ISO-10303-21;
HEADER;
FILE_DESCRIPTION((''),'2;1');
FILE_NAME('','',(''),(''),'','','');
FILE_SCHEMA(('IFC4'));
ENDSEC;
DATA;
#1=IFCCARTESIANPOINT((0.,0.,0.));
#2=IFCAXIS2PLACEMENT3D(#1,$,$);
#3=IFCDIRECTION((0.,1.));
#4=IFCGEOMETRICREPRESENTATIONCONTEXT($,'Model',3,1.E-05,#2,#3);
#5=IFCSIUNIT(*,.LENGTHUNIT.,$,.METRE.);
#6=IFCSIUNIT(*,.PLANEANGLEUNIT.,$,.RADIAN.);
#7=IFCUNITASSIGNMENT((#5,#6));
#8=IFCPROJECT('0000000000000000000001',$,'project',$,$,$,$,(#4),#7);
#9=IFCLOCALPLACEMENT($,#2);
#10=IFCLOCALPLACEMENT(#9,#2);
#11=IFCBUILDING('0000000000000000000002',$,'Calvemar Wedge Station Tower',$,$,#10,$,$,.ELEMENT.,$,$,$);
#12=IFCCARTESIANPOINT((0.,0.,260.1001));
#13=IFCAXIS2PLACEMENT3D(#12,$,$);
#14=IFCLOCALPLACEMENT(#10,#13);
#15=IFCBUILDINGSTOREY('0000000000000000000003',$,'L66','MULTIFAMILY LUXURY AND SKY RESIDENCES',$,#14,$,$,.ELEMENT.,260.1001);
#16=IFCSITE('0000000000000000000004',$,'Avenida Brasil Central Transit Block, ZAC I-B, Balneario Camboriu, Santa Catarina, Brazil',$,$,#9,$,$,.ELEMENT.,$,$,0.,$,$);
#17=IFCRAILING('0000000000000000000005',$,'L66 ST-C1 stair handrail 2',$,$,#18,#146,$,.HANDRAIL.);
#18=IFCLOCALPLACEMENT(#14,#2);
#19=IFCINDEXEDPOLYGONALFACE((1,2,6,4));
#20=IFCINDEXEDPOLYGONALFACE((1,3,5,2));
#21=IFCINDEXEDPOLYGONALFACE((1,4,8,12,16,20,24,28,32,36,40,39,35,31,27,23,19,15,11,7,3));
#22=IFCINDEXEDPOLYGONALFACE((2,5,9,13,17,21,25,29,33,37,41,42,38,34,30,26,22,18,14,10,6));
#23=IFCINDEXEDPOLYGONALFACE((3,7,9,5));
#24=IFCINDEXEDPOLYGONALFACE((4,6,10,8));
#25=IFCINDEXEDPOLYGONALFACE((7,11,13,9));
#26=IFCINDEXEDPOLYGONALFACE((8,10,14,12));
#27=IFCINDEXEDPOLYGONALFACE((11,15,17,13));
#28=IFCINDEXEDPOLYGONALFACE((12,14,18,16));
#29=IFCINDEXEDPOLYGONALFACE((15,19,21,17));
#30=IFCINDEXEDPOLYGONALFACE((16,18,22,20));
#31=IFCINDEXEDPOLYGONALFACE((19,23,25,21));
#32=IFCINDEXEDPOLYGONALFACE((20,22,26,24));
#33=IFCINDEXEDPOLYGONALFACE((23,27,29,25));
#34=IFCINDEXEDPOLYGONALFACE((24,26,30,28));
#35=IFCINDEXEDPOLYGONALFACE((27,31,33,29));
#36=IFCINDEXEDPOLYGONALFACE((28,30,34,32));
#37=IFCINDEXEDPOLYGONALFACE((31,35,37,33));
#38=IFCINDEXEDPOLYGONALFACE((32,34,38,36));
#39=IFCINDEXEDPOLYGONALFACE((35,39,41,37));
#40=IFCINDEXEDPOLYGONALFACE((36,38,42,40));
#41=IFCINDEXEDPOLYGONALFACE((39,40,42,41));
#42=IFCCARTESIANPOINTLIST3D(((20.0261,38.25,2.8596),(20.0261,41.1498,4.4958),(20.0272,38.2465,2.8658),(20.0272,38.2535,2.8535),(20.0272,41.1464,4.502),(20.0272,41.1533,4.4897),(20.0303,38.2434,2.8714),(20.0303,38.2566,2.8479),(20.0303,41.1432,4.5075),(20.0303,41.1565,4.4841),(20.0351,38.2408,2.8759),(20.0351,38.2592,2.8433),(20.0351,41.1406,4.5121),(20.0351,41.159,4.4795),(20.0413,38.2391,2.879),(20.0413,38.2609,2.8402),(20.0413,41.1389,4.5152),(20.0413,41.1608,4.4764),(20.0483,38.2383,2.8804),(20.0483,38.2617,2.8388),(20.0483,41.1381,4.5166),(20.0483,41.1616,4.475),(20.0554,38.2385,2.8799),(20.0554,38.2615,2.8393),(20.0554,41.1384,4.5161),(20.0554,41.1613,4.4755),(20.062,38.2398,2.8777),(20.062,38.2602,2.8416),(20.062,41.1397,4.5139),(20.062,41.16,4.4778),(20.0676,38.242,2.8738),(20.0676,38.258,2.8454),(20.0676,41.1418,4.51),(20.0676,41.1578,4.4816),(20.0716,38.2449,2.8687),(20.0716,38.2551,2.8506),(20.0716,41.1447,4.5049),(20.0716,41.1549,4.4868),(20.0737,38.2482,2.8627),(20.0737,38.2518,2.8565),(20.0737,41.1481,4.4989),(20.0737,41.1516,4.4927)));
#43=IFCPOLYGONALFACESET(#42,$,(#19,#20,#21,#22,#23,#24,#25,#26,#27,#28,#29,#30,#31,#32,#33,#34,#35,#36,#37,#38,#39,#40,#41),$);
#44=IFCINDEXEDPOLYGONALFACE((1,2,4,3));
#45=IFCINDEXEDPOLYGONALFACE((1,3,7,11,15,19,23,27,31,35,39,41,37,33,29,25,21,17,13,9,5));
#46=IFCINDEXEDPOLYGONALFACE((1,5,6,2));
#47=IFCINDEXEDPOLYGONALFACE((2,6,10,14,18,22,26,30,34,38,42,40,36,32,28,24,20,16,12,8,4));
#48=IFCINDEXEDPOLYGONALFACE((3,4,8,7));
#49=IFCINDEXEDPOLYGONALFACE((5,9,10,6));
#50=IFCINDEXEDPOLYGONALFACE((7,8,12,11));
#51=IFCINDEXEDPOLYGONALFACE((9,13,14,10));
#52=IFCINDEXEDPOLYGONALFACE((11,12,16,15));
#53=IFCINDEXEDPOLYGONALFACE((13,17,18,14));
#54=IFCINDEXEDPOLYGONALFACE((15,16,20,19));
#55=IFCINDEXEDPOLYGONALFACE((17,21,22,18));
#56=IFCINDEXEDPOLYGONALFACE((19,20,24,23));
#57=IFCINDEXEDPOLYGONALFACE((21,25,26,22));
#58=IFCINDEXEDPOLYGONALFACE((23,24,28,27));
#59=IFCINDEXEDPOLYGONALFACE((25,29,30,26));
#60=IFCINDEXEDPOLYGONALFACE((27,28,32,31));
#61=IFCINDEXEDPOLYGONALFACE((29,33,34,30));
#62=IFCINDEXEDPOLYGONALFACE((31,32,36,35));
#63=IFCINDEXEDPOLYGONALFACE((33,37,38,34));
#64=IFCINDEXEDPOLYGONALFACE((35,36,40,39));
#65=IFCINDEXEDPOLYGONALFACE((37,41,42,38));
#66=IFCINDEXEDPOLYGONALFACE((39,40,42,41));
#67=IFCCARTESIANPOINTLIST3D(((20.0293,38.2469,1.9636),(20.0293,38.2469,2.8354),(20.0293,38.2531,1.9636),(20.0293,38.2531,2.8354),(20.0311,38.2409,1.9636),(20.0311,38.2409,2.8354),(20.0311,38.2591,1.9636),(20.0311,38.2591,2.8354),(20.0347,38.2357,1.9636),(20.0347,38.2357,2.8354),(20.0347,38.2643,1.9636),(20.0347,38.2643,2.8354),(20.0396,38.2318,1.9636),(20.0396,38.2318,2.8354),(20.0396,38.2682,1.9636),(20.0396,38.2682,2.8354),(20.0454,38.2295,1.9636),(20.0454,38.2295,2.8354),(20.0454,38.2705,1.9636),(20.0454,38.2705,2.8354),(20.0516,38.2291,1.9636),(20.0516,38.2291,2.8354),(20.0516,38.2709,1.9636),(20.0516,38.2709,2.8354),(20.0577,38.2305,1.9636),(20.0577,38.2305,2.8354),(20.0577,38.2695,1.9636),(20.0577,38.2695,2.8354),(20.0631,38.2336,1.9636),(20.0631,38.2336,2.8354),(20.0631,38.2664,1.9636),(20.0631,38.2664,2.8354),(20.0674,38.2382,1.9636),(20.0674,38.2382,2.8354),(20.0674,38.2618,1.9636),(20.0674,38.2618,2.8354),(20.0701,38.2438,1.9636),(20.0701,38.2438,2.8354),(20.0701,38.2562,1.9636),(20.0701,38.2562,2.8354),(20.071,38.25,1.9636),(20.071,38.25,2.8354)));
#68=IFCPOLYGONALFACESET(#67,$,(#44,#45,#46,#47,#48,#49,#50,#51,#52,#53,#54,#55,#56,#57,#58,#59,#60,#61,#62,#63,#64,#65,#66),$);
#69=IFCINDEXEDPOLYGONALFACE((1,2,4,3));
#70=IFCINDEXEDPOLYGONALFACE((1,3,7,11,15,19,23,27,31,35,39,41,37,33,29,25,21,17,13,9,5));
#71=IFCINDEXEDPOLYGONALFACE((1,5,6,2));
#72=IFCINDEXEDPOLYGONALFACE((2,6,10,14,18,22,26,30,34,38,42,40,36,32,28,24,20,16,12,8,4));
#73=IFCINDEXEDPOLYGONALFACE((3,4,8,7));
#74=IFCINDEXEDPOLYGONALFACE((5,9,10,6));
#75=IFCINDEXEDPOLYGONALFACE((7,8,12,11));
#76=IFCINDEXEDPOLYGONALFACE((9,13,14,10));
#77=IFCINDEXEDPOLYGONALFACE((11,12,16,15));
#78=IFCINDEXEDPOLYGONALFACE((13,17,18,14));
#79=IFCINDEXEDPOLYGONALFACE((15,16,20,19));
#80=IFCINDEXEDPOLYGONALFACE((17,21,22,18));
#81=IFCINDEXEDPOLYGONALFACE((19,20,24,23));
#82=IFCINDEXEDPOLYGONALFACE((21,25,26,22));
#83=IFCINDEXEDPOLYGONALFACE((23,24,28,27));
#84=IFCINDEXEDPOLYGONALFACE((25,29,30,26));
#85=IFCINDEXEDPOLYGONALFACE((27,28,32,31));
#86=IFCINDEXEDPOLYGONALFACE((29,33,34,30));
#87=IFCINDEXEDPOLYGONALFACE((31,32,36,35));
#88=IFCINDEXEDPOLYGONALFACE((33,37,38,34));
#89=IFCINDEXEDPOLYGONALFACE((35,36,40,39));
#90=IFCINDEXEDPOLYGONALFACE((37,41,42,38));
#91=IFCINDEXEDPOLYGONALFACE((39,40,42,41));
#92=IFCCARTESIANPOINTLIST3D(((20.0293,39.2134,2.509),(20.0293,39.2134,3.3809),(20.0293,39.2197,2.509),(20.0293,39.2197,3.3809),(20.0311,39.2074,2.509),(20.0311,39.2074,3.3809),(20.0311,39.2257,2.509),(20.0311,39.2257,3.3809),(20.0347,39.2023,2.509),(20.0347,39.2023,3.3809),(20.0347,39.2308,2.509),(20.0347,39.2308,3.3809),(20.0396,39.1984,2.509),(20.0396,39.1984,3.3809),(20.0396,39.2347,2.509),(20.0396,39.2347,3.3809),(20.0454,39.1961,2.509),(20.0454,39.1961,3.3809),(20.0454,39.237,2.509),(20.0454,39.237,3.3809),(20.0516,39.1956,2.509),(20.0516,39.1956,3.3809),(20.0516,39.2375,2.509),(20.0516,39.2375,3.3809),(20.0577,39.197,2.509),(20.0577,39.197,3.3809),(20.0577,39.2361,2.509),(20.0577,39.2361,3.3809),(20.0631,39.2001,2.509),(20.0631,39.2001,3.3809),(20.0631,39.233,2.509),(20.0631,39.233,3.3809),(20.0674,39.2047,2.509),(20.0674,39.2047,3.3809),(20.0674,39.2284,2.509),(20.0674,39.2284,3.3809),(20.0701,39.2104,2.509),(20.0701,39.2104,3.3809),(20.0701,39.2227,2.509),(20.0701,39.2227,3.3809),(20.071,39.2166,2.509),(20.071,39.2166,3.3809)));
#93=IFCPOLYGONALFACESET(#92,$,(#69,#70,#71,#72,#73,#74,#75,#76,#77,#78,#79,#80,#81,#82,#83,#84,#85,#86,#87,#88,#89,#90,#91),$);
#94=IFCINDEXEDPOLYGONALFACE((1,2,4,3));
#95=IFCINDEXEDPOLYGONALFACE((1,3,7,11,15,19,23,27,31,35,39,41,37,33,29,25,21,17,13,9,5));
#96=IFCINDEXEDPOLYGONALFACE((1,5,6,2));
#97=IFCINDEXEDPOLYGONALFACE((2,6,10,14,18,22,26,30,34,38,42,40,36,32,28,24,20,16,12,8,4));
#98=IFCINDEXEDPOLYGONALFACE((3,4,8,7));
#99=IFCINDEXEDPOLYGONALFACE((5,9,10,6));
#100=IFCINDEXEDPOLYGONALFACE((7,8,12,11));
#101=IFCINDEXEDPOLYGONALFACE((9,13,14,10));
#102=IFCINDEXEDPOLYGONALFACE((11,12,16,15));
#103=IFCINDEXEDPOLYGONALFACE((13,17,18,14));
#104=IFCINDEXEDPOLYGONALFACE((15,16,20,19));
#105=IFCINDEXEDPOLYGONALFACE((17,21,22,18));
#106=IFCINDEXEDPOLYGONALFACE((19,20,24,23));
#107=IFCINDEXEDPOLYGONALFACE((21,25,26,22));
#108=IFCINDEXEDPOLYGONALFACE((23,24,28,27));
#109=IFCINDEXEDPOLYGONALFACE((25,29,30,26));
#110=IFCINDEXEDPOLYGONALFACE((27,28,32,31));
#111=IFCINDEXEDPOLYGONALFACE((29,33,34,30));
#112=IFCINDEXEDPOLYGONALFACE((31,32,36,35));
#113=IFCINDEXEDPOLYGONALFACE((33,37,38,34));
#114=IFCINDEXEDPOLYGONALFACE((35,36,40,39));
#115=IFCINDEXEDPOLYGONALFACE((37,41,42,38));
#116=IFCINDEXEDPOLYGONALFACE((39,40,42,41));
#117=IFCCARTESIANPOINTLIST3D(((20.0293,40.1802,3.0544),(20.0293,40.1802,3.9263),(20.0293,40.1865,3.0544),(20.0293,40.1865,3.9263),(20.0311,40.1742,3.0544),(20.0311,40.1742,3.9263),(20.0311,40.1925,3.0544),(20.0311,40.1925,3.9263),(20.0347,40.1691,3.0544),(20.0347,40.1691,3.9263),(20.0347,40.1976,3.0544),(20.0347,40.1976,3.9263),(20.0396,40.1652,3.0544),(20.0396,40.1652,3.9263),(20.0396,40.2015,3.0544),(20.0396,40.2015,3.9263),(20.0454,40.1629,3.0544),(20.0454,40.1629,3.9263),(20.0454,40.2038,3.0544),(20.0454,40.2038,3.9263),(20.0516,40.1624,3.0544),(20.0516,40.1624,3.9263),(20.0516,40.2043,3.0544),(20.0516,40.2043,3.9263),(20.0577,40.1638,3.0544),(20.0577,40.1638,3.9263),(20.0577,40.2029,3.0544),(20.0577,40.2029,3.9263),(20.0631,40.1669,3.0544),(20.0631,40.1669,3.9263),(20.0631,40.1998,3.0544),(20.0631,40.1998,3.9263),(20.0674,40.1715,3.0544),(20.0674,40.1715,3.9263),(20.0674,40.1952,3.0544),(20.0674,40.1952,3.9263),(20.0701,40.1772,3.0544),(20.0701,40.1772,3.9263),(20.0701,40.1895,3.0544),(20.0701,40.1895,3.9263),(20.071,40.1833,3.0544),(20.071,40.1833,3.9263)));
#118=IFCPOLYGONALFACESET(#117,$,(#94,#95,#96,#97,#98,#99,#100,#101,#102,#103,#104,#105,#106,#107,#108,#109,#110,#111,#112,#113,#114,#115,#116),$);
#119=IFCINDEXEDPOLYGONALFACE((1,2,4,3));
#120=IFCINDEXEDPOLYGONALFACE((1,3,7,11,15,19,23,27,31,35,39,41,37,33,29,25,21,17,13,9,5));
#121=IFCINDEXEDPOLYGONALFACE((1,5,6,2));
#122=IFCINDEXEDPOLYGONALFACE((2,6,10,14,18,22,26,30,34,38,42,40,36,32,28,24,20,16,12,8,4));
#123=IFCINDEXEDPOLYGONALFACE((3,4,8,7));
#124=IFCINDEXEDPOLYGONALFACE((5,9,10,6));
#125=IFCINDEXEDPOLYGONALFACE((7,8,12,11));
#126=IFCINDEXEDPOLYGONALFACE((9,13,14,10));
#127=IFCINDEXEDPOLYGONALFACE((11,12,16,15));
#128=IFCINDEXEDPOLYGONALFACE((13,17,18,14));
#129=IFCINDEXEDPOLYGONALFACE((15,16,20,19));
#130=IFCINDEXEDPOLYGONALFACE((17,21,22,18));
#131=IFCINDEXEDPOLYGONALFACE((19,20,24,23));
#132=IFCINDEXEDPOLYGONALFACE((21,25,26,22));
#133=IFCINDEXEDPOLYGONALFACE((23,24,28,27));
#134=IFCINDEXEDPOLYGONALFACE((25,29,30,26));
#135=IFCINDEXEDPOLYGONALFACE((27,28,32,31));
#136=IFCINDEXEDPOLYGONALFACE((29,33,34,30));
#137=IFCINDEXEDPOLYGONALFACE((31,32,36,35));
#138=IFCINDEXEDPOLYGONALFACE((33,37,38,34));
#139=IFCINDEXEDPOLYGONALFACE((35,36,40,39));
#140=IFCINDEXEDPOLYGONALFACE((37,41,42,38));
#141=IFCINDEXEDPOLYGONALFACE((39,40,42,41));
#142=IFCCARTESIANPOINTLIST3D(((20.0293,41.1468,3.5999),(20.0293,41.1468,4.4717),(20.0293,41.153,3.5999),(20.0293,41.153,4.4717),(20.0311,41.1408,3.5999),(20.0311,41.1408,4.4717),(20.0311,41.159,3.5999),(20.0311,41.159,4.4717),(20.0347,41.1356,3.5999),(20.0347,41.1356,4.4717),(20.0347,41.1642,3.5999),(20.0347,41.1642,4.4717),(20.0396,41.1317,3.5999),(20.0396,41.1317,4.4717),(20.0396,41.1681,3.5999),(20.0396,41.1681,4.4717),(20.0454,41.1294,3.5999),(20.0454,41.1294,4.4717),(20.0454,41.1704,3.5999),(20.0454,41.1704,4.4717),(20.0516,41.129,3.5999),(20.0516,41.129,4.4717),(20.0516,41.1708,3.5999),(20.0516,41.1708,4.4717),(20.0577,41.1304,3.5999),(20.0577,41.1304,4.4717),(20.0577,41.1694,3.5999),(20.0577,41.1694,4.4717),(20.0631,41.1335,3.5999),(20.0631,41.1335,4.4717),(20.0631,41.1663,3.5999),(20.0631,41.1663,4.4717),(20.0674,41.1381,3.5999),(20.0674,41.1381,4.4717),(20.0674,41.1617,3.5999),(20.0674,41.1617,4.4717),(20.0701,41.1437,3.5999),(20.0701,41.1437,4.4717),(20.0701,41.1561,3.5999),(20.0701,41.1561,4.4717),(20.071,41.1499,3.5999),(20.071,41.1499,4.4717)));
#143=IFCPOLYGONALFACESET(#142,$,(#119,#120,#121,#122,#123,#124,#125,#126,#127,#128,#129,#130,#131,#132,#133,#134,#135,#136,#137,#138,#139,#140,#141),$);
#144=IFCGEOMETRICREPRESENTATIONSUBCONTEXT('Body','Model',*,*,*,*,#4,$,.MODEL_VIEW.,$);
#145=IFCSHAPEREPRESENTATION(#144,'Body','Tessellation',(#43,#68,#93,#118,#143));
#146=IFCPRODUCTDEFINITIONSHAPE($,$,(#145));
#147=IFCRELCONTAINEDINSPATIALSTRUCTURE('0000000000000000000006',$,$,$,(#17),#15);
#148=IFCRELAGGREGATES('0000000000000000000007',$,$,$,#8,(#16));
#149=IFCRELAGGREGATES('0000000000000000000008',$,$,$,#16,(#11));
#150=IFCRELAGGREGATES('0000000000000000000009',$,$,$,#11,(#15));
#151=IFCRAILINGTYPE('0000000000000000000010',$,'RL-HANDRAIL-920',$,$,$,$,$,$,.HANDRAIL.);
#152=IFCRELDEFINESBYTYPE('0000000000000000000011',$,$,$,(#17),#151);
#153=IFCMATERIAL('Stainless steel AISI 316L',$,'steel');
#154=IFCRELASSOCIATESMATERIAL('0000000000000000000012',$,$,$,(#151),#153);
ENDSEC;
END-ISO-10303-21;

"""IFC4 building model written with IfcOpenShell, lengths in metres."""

from ifc_helpers import new_model, si_unit, direction, frame, origin, origin_2d, place, context, subcontext, project, spatial, circle, extrude, material, type_object, element, save


model = new_model("IFC4")

# Units and contexts
model_context = context("Model", 3, precision=1e-05, world=origin(), true_north=direction((0.0, 1.0)))
body_context = subcontext(model_context, "Body", "Model", "MODEL_VIEW")
ifc_project = project(units=[si_unit("LENGTHUNIT", "METRE"), si_unit("PLANEANGLEUNIT", "RADIAN")], contexts=[model_context])

# Site, building, storey
site_placement = place(None, origin())
site = spatial("IfcSite", under=ifc_project, at=site_placement, Name="Avenida Brasil Central Transit Block, ZAC I-B, Balneario Camboriu, Santa Catarina, Brazil", CompositionType="ELEMENT", RefElevation=0.0)
building_placement = place(site_placement, origin())
building = spatial("IfcBuilding", under=site, at=building_placement, Name="Calvemar Wedge Station Tower", CompositionType="ELEMENT")
storey_placement = place(building_placement, frame((0.0, 0.0, 260.1001)))
storey = spatial("IfcBuildingStorey", under=building, at=storey_placement, Name="L66", Description="MULTIFAMILY LUXURY AND SKY RESIDENCES", CompositionType="ELEMENT", Elevation=260.1001)

# Railing
ifc_material_1 = material(Name="Stainless steel AISI 316L", Category="steel")
railing_type_1 = type_object("IfcRailingType", Name="RL-HANDRAIL-920", PredefinedType="HANDRAIL", material=ifc_material_1)
railing_1_placement = place(storey_placement, frame((20.05, 38.25, 1.9636)))
element("IfcRailing", 1, at=railing_1_placement, inside=storey, type_object=railing_type_1, Name="L66 ST-C1 stair handrail 2", PredefinedType="HANDRAIL", context=body_context, shape_type="SweptSolid", body=[
    extrude(circle(Radius=0.0239, at=origin_2d()), frame((0.0, 0.0, 0.896), z_axis=(0.0, 0.870929, 0.49141), x_axis=(-1.0, 0.0, 0.0)), (0.0, 0.0, 1.0), 3.3296),
    extrude(circle(Radius=0.021, at=origin_2d()), origin(), (0.0, 0.0, 1.0), 0.8718),
    extrude(circle(Radius=0.021, at=origin_2d()), frame((0.0, 0.9666, 0.5454)), (0.0, 0.0, 1.0), 0.8718),
    extrude(circle(Radius=0.021, at=origin_2d()), frame((0.0, 1.9333, 1.0908)), (0.0, 0.0, 1.0), 0.8718),
    extrude(circle(Radius=0.021, at=origin_2d()), frame((0.0, 2.8999, 1.6362)), (0.0, 0.0, 1.0), 0.8718),
])

save(model, "model.ifc")
